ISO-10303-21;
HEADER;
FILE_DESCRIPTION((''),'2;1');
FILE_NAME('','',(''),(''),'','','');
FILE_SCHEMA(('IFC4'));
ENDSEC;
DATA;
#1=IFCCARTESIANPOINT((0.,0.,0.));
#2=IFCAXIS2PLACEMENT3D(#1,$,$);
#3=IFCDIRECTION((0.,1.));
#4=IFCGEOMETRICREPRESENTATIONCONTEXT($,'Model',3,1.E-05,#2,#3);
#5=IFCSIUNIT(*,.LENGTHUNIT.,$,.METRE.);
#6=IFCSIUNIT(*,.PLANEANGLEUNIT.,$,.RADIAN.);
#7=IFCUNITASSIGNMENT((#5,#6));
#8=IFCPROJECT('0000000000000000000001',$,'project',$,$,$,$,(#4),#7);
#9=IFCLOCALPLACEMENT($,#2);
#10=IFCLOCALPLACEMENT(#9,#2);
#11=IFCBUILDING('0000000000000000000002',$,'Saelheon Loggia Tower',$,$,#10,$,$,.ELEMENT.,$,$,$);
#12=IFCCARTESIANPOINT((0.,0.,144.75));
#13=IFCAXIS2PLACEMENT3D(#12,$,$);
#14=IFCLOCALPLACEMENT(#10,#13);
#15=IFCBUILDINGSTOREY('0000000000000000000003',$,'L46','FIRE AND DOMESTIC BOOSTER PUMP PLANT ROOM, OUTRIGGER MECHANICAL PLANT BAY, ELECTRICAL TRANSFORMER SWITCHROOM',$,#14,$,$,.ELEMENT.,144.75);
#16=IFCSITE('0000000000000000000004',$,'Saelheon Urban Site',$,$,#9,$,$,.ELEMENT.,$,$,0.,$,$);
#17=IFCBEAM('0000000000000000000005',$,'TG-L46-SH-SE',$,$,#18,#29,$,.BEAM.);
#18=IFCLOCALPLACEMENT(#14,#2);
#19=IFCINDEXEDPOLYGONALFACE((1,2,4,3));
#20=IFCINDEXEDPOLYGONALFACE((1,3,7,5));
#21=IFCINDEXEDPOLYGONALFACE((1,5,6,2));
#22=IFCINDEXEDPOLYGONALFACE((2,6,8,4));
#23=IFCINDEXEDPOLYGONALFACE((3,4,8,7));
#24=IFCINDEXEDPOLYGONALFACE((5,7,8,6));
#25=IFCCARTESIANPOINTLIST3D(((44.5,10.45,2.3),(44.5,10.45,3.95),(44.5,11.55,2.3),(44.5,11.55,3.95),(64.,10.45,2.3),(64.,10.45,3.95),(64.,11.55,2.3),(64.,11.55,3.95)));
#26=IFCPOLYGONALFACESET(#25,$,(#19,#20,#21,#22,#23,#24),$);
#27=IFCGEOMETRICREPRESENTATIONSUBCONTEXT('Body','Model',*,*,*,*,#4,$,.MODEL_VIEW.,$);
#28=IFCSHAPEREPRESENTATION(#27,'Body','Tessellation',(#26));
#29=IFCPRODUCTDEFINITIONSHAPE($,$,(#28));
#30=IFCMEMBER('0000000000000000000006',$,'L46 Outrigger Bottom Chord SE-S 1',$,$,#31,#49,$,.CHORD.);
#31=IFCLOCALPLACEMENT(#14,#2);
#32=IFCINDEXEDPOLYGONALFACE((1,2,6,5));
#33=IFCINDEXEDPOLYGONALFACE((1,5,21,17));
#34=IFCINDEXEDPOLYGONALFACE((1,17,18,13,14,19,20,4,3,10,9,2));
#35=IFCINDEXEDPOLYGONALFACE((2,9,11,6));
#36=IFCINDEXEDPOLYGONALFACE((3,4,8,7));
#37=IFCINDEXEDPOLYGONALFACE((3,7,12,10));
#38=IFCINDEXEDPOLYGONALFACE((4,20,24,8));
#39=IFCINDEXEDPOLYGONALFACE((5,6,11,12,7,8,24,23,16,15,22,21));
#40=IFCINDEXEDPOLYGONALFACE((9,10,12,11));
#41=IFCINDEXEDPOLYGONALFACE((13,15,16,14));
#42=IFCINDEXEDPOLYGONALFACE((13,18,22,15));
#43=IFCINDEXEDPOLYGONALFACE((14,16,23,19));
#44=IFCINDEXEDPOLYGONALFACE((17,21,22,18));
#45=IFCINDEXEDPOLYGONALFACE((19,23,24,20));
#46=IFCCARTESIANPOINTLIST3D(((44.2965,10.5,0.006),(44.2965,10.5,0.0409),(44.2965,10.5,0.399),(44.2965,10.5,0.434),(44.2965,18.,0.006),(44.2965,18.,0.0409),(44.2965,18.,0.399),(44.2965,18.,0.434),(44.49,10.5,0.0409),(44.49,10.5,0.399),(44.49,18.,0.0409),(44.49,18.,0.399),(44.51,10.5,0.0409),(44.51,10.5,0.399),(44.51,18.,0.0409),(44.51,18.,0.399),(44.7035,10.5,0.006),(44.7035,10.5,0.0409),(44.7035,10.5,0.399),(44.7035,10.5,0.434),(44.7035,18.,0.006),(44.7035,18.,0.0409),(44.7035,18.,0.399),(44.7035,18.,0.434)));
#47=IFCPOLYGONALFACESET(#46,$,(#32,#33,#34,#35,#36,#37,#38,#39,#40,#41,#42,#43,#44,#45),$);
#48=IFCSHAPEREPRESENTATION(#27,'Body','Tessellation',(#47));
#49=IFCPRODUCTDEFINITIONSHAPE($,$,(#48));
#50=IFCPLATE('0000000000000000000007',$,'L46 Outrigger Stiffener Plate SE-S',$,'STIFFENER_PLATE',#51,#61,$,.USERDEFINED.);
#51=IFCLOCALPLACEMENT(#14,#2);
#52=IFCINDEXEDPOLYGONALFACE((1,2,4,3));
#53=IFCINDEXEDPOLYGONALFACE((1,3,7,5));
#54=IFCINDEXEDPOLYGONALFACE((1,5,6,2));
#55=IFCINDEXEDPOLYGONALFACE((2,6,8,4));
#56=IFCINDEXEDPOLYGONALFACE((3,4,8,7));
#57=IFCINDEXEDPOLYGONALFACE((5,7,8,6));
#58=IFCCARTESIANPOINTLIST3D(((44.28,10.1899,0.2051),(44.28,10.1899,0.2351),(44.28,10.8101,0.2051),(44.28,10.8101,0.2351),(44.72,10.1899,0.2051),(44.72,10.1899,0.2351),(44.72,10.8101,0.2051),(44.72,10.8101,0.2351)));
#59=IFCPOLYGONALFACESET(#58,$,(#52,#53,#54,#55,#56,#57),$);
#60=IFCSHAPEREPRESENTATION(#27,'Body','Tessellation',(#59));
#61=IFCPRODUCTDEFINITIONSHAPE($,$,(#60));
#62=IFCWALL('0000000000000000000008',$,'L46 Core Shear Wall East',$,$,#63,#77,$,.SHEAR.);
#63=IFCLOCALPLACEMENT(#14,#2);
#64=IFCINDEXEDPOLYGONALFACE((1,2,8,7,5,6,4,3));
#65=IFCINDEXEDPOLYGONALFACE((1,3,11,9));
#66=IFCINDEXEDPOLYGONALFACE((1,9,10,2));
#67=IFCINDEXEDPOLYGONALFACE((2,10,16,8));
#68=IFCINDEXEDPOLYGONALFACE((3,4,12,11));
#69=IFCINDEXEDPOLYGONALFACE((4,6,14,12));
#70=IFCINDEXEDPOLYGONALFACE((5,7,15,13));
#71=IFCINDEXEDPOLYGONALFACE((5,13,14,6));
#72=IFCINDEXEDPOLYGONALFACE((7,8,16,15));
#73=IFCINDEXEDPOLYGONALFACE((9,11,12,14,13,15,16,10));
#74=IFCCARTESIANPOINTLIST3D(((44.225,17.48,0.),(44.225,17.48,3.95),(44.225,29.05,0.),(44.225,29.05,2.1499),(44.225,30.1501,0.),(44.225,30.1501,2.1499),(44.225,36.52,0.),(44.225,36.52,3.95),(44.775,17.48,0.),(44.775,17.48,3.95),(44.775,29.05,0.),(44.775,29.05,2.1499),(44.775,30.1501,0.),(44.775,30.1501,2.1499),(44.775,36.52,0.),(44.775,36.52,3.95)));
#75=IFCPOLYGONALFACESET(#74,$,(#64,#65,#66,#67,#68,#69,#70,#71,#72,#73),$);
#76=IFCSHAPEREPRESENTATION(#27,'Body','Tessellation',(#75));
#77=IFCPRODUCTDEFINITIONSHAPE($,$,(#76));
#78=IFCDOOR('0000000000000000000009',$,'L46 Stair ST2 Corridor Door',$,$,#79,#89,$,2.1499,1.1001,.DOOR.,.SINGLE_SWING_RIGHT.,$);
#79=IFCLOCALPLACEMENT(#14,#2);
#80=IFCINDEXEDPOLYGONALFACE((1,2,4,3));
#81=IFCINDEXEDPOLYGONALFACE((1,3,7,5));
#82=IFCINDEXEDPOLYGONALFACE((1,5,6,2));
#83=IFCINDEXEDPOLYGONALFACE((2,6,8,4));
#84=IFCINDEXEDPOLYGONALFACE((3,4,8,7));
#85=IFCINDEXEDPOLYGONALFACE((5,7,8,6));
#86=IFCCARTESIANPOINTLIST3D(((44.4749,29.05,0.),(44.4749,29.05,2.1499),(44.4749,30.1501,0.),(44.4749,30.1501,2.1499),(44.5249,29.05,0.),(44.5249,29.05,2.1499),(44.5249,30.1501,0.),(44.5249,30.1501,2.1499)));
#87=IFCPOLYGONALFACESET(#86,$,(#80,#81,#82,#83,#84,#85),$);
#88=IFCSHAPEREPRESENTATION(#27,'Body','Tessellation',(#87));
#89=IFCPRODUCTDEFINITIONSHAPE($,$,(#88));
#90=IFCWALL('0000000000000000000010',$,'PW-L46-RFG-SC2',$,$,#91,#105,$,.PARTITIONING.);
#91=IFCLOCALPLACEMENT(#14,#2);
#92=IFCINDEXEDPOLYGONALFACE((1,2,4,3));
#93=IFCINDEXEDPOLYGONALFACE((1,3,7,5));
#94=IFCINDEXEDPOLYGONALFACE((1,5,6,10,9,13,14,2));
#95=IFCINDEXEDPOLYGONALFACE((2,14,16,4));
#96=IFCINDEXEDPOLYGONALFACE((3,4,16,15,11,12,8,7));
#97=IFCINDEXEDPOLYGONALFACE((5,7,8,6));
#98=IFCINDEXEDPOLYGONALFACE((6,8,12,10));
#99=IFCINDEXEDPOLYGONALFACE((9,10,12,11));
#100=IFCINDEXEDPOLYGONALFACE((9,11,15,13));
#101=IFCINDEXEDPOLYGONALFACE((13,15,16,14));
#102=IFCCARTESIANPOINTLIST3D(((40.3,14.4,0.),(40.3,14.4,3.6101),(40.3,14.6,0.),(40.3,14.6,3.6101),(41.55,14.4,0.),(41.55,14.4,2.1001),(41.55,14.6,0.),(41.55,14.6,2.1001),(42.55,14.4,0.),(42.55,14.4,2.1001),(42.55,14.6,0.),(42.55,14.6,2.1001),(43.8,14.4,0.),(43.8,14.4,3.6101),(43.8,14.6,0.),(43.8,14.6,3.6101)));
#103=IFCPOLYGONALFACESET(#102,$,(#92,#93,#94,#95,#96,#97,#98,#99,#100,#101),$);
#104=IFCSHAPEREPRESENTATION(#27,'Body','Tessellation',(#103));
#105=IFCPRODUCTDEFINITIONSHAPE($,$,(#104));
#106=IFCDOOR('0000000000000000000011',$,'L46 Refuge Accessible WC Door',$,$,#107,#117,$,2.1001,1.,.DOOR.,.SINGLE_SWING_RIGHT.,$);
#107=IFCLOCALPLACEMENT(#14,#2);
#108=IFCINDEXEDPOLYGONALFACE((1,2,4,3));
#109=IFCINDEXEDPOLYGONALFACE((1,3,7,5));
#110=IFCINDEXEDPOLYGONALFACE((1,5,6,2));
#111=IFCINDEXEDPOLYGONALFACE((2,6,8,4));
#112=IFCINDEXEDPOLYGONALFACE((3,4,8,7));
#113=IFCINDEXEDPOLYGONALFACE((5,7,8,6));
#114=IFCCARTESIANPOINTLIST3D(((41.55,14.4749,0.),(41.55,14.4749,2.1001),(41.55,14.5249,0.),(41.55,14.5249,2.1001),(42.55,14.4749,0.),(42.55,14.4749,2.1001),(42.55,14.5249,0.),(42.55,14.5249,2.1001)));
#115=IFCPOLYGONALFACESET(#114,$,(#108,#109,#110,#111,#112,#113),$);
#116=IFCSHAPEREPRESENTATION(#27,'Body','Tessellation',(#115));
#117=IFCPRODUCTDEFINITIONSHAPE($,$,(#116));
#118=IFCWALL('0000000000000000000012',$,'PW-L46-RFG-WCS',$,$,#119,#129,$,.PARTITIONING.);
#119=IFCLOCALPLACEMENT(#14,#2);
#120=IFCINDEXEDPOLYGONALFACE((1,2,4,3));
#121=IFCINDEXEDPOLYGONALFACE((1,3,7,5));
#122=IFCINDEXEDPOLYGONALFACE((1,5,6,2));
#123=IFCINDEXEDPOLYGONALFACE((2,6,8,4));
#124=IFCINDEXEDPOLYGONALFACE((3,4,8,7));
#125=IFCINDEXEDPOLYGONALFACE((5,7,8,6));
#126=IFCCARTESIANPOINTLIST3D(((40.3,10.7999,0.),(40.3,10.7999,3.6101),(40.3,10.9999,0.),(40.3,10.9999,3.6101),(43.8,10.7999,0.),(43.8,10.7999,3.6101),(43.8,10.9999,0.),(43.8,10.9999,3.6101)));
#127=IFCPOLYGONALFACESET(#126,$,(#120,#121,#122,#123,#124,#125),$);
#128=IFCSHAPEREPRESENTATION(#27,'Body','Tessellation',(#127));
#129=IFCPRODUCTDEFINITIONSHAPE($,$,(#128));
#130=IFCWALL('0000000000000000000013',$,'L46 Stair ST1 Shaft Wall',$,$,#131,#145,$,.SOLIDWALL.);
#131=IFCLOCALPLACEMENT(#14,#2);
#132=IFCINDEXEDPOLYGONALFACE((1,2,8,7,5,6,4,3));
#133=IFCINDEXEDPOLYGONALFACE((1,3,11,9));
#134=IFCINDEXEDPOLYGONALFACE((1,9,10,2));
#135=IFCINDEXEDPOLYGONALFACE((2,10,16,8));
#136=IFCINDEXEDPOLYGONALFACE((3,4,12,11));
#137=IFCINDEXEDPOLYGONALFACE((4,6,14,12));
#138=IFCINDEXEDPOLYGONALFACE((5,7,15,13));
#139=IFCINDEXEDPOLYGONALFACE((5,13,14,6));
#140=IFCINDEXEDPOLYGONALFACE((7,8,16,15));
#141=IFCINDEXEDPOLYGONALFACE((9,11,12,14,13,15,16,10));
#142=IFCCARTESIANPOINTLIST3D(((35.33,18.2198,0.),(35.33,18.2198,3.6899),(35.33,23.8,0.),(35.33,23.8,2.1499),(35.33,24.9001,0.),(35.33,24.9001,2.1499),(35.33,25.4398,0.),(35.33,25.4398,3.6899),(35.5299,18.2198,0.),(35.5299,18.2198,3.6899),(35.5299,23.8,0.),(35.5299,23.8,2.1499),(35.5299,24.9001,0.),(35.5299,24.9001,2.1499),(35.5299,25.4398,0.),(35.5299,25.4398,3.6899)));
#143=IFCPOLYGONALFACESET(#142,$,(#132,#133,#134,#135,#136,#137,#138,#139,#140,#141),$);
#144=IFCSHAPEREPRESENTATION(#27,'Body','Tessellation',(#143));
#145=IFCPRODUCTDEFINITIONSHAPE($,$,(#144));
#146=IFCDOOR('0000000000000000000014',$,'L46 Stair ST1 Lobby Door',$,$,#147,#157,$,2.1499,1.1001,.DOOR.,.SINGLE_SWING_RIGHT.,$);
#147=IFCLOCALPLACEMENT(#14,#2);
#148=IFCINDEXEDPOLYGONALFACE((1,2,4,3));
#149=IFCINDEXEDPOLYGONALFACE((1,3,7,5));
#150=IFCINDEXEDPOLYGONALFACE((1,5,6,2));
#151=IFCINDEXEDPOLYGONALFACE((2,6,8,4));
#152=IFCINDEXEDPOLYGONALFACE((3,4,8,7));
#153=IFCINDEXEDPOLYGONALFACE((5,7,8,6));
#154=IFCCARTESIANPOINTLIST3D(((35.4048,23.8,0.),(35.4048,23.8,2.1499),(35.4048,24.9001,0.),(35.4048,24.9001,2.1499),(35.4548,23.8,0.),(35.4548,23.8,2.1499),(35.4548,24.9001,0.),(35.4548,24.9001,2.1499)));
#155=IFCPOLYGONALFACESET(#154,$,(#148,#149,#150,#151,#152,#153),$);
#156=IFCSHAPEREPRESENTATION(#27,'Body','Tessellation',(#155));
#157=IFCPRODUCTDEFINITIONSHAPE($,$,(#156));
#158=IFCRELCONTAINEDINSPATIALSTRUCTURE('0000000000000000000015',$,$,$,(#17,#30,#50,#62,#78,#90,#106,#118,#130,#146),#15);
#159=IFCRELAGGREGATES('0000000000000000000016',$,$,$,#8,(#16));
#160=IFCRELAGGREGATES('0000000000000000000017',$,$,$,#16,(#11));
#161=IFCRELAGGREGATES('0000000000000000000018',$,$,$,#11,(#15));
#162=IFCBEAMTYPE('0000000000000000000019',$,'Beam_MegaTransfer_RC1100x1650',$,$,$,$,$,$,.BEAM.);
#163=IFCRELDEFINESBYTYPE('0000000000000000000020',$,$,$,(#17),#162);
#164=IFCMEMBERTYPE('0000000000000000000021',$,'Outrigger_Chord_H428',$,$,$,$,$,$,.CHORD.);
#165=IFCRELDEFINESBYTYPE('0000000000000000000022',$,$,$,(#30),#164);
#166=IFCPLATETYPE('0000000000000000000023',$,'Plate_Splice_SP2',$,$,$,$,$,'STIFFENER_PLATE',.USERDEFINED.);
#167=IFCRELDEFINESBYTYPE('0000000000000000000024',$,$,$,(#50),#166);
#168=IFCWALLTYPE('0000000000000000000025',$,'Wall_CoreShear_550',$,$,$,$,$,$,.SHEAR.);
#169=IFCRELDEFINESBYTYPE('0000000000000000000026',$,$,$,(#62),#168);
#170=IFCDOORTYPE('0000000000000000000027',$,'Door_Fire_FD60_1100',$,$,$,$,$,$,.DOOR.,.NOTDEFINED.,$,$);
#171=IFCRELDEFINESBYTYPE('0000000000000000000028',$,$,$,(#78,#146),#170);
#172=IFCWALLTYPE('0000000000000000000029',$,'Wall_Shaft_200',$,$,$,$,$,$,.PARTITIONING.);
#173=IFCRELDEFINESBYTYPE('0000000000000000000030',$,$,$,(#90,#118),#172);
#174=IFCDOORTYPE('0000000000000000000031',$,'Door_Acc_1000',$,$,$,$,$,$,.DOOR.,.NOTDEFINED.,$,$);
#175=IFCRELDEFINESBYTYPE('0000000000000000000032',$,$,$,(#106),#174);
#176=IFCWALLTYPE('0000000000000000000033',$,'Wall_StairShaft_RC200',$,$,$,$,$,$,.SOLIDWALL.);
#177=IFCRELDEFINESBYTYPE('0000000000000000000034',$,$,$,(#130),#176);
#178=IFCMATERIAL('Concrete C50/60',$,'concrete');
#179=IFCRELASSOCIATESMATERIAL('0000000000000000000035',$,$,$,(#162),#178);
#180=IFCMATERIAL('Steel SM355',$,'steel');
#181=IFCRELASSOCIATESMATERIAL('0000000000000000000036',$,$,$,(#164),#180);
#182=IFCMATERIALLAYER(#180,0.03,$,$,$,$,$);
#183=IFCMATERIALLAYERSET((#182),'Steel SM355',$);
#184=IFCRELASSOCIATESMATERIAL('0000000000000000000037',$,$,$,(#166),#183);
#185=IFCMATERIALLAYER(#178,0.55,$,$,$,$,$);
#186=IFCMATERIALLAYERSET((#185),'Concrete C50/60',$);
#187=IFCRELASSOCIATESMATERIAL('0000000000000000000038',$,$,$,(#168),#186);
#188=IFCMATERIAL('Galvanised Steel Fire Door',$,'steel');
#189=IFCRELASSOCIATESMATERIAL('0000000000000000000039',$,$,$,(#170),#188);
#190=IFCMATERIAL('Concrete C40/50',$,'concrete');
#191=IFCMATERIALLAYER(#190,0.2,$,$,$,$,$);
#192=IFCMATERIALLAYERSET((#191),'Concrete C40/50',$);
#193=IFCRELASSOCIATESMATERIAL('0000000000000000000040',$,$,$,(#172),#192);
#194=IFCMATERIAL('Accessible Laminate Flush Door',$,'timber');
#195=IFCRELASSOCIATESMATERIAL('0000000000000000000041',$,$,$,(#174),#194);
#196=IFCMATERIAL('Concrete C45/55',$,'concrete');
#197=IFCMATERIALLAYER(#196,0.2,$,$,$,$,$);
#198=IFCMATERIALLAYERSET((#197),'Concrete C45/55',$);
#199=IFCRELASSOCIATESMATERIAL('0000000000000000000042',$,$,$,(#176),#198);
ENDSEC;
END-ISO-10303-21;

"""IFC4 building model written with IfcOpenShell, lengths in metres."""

from ifc_helpers import new_model, si_unit, direction, frame, frame_2d, origin, origin_2d, place, context, subcontext, project, spatial, rectangle, i_section, extrude, source, transform, mapped, material, layer, layer_set, material_profile, profile_set, type_object, element, fill, save


model = new_model("IFC4")

# Units and contexts
model_context = context("Model", 3, precision=1e-05, world=origin(), true_north=direction((0.0, 1.0)))
body_context = subcontext(model_context, "Body", "Model", "MODEL_VIEW")
ifc_project = project(units=[si_unit("LENGTHUNIT", "METRE"), si_unit("PLANEANGLEUNIT", "RADIAN")], contexts=[model_context])

# Site, building, storey
site_placement = place(None, origin())
site = spatial("IfcSite", under=ifc_project, at=site_placement, Name="Saelheon Urban Site", CompositionType="ELEMENT", RefElevation=0.0)
building_placement = place(site_placement, origin())
building = spatial("IfcBuilding", under=site, at=building_placement, Name="Saelheon Loggia Tower", CompositionType="ELEMENT")
storey_placement = place(building_placement, frame((0.0, 0.0, 144.75)))
storey = spatial("IfcBuildingStorey", under=building, at=storey_placement, Name="L46", Description="FIRE AND DOMESTIC BOOSTER PUMP PLANT ROOM, OUTRIGGER MECHANICAL PLANT BAY, ELECTRICAL TRANSFORMER SWITCHROOM", CompositionType="ELEMENT", Elevation=144.75)

# Beam
ifc_material_1 = material(Name="Concrete C50/60", Category="concrete")
ifc_material_profile_1 = material_profile(ifc_material_1, rectangle(XDim=1.1001, YDim=1.6499, at=origin_2d()), Name="RC-1100x1650")
ifc_profile_set_1 = profile_set([ifc_material_profile_1], Name="Concrete C50/60")
beam_type = type_object("IfcBeamType", Name="Beam_MegaTransfer_RC1100x1650", PredefinedType="BEAM", material=ifc_profile_set_1)
shared_shape_1 = source(origin(), body_context, "Body", "SweptSolid", [
    extrude(rectangle(XDim=1.1001, YDim=1.6499, at=origin_2d()), origin(), (0.0, 0.0, 1.0), 19.5),
])
beam_placement = place(storey_placement, frame((44.5, 11.0, 3.125), z_axis=(1.0, 0.0, 0.0), x_axis=(0.0, 1.0, 0.0)))
element("IfcBeam", 1, at=beam_placement, inside=storey, type_object=beam_type, Name="TG-L46-SH-SE", PredefinedType="BEAM", context=body_context, shape_type="MappedRepresentation", body=[
    mapped(shared_shape_1, transform((0.0, 0.0, 0.0), scale=1.0)),
])

# Member
ifc_material_2 = material(Name="Steel SM355", Category="steel")
ifc_material_profile_2 = material_profile(ifc_material_2, i_section(OverallWidth=0.407, OverallDepth=0.428, WebThickness=0.02, FlangeThickness=0.0349, at=origin_2d()), Name="H-428x407x20x35")
ifc_profile_set_2 = profile_set([ifc_material_profile_2], Name="Steel SM355")
member_type = type_object("IfcMemberType", Name="Outrigger_Chord_H428", PredefinedType="CHORD", material=ifc_profile_set_2)
shared_shape_2 = source(origin(), body_context, "Body", "SweptSolid", [
    extrude(i_section(OverallWidth=0.407, OverallDepth=0.428, WebThickness=0.02, FlangeThickness=0.0349, at=origin_2d()), origin(), (0.0, 0.0, 1.0), 7.5),
])
member_placement = place(storey_placement, frame((44.5, 18.0, 0.22), z_axis=(0.0, -1.0, 0.0), x_axis=(1.0, 0.0, 0.0)))
element("IfcMember", 2, at=member_placement, inside=storey, type_object=member_type, Name="L46 Outrigger Bottom Chord SE-S 1", PredefinedType="CHORD", context=body_context, shape_type="MappedRepresentation", body=[
    mapped(shared_shape_2, transform((0.0, 0.0, 0.0), scale=1.0)),
])

# Plate
ifc_layer_1 = layer(ifc_material_2, 0.03)
ifc_layer_set_1 = layer_set([ifc_layer_1], Name="Steel SM355")
plate_type = type_object("IfcPlateType", Name="Plate_Splice_SP2", ElementType="STIFFENER_PLATE", PredefinedType="USERDEFINED", material=ifc_layer_set_1)
shared_shape_3 = source(origin(), body_context, "Body", "SweptSolid", [
    extrude(rectangle(XDim=0.6201, YDim=0.4399, at=origin_2d()), origin(), (0.0, 0.0, 1.0), 0.03),
])
plate_placement = place(storey_placement, frame((44.5, 10.5, 0.2051), z_axis=(0.0, 0.0, 1.0), x_axis=(0.0, 1.0, 0.0)))
element("IfcPlate", 3, at=plate_placement, inside=storey, type_object=plate_type, Name="L46 Outrigger Stiffener Plate SE-S", ObjectType="STIFFENER_PLATE", PredefinedType="USERDEFINED", context=body_context, shape_type="MappedRepresentation", body=[
    mapped(shared_shape_3, transform((0.0, 0.0, 0.0), scale=1.0)),
])

# Walls, openings, doors
ifc_layer_2 = layer(ifc_material_1, 0.55)
ifc_layer_set_2 = layer_set([ifc_layer_2], Name="Concrete C50/60")
wall_type_1 = type_object("IfcWallType", Name="Wall_CoreShear_550", PredefinedType="SHEAR", material=ifc_layer_set_2)
wall_1_placement = place(storey_placement, frame((44.5, 17.48, 0.0), z_axis=(0.0, 0.0, 1.0), x_axis=(0.0, 1.0, 0.0)))
wall_1 = element("IfcWall", 4, at=wall_1_placement, inside=storey, type_object=wall_type_1, Name="L46 Core Shear Wall East", PredefinedType="SHEAR", context=body_context, shape_type="SweptSolid", body=[
    extrude(rectangle(XDim=19.04, YDim=0.55, at=frame_2d((9.52, 0.0))), origin(), (0.0, 0.0, 1.0), 3.95),
])
opening_1_placement = place(wall_1_placement, frame((12.6702, 0.0, 0.0), z_axis=(0.0, 0.0, 1.0), x_axis=(-1.0, 0.0, 0.0)))
opening_1 = element("IfcOpeningElement", 5, at=opening_1_placement, cuts=wall_1, PredefinedType="OPENING", context=body_context, shape_type="SweptSolid", body=[
    extrude(rectangle(XDim=1.1001, YDim=2.1499, at=frame_2d((0.55, 1.075))), frame((0.0, 0.2871, 0.0), z_axis=(0.0, -1.0, 0.0), x_axis=(1.0, 0.0, 0.0)), (0.0, 0.0, 1.0), 0.574),
])
ifc_material_3 = material(Name="Galvanised Steel Fire Door", Category="steel")
door_type_1 = type_object("IfcDoorType", Name="Door_Fire_FD60_1100", OperationType="NOTDEFINED", PredefinedType="DOOR", material=ifc_material_3)
shared_shape_4 = source(origin(), body_context, "Body", "SweptSolid", [
    extrude(rectangle(XDim=1.1001, YDim=2.1499, at=frame_2d((0.55, 1.075))), frame((0.0, 0.0249, 0.0), z_axis=(0.0, -1.0, 0.0), x_axis=(1.0, 0.0, 0.0)), (0.0, 0.0, 1.0), 0.05),
])
door_1_placement = place(opening_1_placement, origin())
door_1 = element("IfcDoor", 6, at=door_1_placement, inside=storey, type_object=door_type_1, Name="L46 Stair ST2 Corridor Door", OperationType="SINGLE_SWING_RIGHT", OverallHeight=2.1499, OverallWidth=1.1001, PredefinedType="DOOR", context=body_context, shape_type="MappedRepresentation", body=[
    mapped(shared_shape_4, transform((0.0, 0.0, 0.0), scale=1.0)),
])
fill(opening_1, door_1)
ifc_material_4 = material(Name="Concrete C40/50", Category="concrete")
ifc_layer_3 = layer(ifc_material_4, 0.2)
ifc_layer_set_3 = layer_set([ifc_layer_3], Name="Concrete C40/50")
wall_type_2 = type_object("IfcWallType", Name="Wall_Shaft_200", PredefinedType="PARTITIONING", material=ifc_layer_set_3)
wall_2_placement = place(storey_placement, frame((40.3, 14.5, 0.0), z_axis=(0.0, 0.0, 1.0), x_axis=(1.0, 0.0, 0.0)))
wall_2 = element("IfcWall", 7, at=wall_2_placement, inside=storey, type_object=wall_type_2, Name="PW-L46-RFG-SC2", PredefinedType="PARTITIONING", context=body_context, shape_type="SweptSolid", body=[
    extrude(rectangle(XDim=3.5, YDim=0.2, at=frame_2d((1.75, 0.0))), origin(), (0.0, 0.0, 1.0), 3.6101),
])
opening_2_placement = place(wall_2_placement, frame((1.25, 0.0, 0.0)))
opening_2 = element("IfcOpeningElement", 8, at=opening_2_placement, cuts=wall_2, PredefinedType="OPENING", context=body_context, shape_type="SweptSolid", body=[
    extrude(rectangle(XDim=1.0, YDim=2.1001, at=frame_2d((0.5, 1.05))), frame((0.0, 0.1121, 0.0), z_axis=(0.0, -1.0, 0.0), x_axis=(1.0, 0.0, 0.0)), (0.0, 0.0, 1.0), 0.2239),
])
ifc_material_5 = material(Name="Accessible Laminate Flush Door", Category="timber")
door_type_2 = type_object("IfcDoorType", Name="Door_Acc_1000", OperationType="NOTDEFINED", PredefinedType="DOOR", material=ifc_material_5)
shared_shape_5 = source(origin(), body_context, "Body", "SweptSolid", [
    extrude(rectangle(XDim=1.0, YDim=2.1001, at=frame_2d((0.5, 1.05))), frame((0.0, 0.0249, 0.0), z_axis=(0.0, -1.0, 0.0), x_axis=(1.0, 0.0, 0.0)), (0.0, 0.0, 1.0), 0.05),
])
door_2_placement = place(opening_2_placement, origin())
door_2 = element("IfcDoor", 9, at=door_2_placement, inside=storey, type_object=door_type_2, Name="L46 Refuge Accessible WC Door", OperationType="SINGLE_SWING_RIGHT", OverallHeight=2.1001, OverallWidth=1.0, PredefinedType="DOOR", context=body_context, shape_type="MappedRepresentation", body=[
    mapped(shared_shape_5, transform((0.0, 0.0, 0.0), scale=1.0)),
])
fill(opening_2, door_2)

# Wall
wall_3_placement = place(storey_placement, frame((40.3, 10.8999, 0.0), z_axis=(0.0, 0.0, 1.0), x_axis=(1.0, 0.0, 0.0)))
element("IfcWall", 10, at=wall_3_placement, inside=storey, type_object=wall_type_2, Name="PW-L46-RFG-WCS", PredefinedType="PARTITIONING", context=body_context, shape_type="SweptSolid", body=[
    extrude(rectangle(XDim=3.5, YDim=0.2, at=frame_2d((1.75, 0.0))), origin(), (0.0, 0.0, 1.0), 3.6101),
])

# Wall, opening, door
ifc_material_6 = material(Name="Concrete C45/55", Category="concrete")
ifc_layer_4 = layer(ifc_material_6, 0.2)
ifc_layer_set_4 = layer_set([ifc_layer_4], Name="Concrete C45/55")
wall_type_3 = type_object("IfcWallType", Name="Wall_StairShaft_RC200", PredefinedType="SOLIDWALL", material=ifc_layer_set_4)
wall_4_placement = place(storey_placement, frame((35.4299, 18.22, 0.0), z_axis=(0.0, 0.0, 1.0), x_axis=(0.0, 1.0, 0.0)))
wall_4 = element("IfcWall", 11, at=wall_4_placement, inside=storey, type_object=wall_type_3, Name="L46 Stair ST1 Shaft Wall", PredefinedType="SOLIDWALL", context=body_context, shape_type="SweptSolid", body=[
    extrude(rectangle(XDim=7.22, YDim=0.2, at=frame_2d((3.6099, 0.0))), origin(), (0.0, 0.0, 1.0), 3.6899),
])
opening_3_placement = place(wall_4_placement, frame((6.6802, 0.0, 0.0), z_axis=(0.0, 0.0, 1.0), x_axis=(-1.0, 0.0, 0.0)))
opening_3 = element("IfcOpeningElement", 12, at=opening_3_placement, cuts=wall_4, PredefinedType="OPENING", context=body_context, shape_type="SweptSolid", body=[
    extrude(rectangle(XDim=1.1001, YDim=2.1499, at=frame_2d((0.55, 1.075))), frame((0.0, 0.1121, 0.0), z_axis=(0.0, -1.0, 0.0), x_axis=(1.0, 0.0, 0.0)), (0.0, 0.0, 1.0), 0.2239),
])
door_3_placement = place(opening_3_placement, origin())
door_3 = element("IfcDoor", 13, at=door_3_placement, inside=storey, type_object=door_type_1, Name="L46 Stair ST1 Lobby Door", OperationType="SINGLE_SWING_RIGHT", OverallHeight=2.1499, OverallWidth=1.1001, PredefinedType="DOOR", context=body_context, shape_type="MappedRepresentation", body=[
    mapped(shared_shape_4, transform((0.0, 0.0, 0.0), scale=1.0)),
])
fill(opening_3, door_3)

save(model, "model.ifc")
